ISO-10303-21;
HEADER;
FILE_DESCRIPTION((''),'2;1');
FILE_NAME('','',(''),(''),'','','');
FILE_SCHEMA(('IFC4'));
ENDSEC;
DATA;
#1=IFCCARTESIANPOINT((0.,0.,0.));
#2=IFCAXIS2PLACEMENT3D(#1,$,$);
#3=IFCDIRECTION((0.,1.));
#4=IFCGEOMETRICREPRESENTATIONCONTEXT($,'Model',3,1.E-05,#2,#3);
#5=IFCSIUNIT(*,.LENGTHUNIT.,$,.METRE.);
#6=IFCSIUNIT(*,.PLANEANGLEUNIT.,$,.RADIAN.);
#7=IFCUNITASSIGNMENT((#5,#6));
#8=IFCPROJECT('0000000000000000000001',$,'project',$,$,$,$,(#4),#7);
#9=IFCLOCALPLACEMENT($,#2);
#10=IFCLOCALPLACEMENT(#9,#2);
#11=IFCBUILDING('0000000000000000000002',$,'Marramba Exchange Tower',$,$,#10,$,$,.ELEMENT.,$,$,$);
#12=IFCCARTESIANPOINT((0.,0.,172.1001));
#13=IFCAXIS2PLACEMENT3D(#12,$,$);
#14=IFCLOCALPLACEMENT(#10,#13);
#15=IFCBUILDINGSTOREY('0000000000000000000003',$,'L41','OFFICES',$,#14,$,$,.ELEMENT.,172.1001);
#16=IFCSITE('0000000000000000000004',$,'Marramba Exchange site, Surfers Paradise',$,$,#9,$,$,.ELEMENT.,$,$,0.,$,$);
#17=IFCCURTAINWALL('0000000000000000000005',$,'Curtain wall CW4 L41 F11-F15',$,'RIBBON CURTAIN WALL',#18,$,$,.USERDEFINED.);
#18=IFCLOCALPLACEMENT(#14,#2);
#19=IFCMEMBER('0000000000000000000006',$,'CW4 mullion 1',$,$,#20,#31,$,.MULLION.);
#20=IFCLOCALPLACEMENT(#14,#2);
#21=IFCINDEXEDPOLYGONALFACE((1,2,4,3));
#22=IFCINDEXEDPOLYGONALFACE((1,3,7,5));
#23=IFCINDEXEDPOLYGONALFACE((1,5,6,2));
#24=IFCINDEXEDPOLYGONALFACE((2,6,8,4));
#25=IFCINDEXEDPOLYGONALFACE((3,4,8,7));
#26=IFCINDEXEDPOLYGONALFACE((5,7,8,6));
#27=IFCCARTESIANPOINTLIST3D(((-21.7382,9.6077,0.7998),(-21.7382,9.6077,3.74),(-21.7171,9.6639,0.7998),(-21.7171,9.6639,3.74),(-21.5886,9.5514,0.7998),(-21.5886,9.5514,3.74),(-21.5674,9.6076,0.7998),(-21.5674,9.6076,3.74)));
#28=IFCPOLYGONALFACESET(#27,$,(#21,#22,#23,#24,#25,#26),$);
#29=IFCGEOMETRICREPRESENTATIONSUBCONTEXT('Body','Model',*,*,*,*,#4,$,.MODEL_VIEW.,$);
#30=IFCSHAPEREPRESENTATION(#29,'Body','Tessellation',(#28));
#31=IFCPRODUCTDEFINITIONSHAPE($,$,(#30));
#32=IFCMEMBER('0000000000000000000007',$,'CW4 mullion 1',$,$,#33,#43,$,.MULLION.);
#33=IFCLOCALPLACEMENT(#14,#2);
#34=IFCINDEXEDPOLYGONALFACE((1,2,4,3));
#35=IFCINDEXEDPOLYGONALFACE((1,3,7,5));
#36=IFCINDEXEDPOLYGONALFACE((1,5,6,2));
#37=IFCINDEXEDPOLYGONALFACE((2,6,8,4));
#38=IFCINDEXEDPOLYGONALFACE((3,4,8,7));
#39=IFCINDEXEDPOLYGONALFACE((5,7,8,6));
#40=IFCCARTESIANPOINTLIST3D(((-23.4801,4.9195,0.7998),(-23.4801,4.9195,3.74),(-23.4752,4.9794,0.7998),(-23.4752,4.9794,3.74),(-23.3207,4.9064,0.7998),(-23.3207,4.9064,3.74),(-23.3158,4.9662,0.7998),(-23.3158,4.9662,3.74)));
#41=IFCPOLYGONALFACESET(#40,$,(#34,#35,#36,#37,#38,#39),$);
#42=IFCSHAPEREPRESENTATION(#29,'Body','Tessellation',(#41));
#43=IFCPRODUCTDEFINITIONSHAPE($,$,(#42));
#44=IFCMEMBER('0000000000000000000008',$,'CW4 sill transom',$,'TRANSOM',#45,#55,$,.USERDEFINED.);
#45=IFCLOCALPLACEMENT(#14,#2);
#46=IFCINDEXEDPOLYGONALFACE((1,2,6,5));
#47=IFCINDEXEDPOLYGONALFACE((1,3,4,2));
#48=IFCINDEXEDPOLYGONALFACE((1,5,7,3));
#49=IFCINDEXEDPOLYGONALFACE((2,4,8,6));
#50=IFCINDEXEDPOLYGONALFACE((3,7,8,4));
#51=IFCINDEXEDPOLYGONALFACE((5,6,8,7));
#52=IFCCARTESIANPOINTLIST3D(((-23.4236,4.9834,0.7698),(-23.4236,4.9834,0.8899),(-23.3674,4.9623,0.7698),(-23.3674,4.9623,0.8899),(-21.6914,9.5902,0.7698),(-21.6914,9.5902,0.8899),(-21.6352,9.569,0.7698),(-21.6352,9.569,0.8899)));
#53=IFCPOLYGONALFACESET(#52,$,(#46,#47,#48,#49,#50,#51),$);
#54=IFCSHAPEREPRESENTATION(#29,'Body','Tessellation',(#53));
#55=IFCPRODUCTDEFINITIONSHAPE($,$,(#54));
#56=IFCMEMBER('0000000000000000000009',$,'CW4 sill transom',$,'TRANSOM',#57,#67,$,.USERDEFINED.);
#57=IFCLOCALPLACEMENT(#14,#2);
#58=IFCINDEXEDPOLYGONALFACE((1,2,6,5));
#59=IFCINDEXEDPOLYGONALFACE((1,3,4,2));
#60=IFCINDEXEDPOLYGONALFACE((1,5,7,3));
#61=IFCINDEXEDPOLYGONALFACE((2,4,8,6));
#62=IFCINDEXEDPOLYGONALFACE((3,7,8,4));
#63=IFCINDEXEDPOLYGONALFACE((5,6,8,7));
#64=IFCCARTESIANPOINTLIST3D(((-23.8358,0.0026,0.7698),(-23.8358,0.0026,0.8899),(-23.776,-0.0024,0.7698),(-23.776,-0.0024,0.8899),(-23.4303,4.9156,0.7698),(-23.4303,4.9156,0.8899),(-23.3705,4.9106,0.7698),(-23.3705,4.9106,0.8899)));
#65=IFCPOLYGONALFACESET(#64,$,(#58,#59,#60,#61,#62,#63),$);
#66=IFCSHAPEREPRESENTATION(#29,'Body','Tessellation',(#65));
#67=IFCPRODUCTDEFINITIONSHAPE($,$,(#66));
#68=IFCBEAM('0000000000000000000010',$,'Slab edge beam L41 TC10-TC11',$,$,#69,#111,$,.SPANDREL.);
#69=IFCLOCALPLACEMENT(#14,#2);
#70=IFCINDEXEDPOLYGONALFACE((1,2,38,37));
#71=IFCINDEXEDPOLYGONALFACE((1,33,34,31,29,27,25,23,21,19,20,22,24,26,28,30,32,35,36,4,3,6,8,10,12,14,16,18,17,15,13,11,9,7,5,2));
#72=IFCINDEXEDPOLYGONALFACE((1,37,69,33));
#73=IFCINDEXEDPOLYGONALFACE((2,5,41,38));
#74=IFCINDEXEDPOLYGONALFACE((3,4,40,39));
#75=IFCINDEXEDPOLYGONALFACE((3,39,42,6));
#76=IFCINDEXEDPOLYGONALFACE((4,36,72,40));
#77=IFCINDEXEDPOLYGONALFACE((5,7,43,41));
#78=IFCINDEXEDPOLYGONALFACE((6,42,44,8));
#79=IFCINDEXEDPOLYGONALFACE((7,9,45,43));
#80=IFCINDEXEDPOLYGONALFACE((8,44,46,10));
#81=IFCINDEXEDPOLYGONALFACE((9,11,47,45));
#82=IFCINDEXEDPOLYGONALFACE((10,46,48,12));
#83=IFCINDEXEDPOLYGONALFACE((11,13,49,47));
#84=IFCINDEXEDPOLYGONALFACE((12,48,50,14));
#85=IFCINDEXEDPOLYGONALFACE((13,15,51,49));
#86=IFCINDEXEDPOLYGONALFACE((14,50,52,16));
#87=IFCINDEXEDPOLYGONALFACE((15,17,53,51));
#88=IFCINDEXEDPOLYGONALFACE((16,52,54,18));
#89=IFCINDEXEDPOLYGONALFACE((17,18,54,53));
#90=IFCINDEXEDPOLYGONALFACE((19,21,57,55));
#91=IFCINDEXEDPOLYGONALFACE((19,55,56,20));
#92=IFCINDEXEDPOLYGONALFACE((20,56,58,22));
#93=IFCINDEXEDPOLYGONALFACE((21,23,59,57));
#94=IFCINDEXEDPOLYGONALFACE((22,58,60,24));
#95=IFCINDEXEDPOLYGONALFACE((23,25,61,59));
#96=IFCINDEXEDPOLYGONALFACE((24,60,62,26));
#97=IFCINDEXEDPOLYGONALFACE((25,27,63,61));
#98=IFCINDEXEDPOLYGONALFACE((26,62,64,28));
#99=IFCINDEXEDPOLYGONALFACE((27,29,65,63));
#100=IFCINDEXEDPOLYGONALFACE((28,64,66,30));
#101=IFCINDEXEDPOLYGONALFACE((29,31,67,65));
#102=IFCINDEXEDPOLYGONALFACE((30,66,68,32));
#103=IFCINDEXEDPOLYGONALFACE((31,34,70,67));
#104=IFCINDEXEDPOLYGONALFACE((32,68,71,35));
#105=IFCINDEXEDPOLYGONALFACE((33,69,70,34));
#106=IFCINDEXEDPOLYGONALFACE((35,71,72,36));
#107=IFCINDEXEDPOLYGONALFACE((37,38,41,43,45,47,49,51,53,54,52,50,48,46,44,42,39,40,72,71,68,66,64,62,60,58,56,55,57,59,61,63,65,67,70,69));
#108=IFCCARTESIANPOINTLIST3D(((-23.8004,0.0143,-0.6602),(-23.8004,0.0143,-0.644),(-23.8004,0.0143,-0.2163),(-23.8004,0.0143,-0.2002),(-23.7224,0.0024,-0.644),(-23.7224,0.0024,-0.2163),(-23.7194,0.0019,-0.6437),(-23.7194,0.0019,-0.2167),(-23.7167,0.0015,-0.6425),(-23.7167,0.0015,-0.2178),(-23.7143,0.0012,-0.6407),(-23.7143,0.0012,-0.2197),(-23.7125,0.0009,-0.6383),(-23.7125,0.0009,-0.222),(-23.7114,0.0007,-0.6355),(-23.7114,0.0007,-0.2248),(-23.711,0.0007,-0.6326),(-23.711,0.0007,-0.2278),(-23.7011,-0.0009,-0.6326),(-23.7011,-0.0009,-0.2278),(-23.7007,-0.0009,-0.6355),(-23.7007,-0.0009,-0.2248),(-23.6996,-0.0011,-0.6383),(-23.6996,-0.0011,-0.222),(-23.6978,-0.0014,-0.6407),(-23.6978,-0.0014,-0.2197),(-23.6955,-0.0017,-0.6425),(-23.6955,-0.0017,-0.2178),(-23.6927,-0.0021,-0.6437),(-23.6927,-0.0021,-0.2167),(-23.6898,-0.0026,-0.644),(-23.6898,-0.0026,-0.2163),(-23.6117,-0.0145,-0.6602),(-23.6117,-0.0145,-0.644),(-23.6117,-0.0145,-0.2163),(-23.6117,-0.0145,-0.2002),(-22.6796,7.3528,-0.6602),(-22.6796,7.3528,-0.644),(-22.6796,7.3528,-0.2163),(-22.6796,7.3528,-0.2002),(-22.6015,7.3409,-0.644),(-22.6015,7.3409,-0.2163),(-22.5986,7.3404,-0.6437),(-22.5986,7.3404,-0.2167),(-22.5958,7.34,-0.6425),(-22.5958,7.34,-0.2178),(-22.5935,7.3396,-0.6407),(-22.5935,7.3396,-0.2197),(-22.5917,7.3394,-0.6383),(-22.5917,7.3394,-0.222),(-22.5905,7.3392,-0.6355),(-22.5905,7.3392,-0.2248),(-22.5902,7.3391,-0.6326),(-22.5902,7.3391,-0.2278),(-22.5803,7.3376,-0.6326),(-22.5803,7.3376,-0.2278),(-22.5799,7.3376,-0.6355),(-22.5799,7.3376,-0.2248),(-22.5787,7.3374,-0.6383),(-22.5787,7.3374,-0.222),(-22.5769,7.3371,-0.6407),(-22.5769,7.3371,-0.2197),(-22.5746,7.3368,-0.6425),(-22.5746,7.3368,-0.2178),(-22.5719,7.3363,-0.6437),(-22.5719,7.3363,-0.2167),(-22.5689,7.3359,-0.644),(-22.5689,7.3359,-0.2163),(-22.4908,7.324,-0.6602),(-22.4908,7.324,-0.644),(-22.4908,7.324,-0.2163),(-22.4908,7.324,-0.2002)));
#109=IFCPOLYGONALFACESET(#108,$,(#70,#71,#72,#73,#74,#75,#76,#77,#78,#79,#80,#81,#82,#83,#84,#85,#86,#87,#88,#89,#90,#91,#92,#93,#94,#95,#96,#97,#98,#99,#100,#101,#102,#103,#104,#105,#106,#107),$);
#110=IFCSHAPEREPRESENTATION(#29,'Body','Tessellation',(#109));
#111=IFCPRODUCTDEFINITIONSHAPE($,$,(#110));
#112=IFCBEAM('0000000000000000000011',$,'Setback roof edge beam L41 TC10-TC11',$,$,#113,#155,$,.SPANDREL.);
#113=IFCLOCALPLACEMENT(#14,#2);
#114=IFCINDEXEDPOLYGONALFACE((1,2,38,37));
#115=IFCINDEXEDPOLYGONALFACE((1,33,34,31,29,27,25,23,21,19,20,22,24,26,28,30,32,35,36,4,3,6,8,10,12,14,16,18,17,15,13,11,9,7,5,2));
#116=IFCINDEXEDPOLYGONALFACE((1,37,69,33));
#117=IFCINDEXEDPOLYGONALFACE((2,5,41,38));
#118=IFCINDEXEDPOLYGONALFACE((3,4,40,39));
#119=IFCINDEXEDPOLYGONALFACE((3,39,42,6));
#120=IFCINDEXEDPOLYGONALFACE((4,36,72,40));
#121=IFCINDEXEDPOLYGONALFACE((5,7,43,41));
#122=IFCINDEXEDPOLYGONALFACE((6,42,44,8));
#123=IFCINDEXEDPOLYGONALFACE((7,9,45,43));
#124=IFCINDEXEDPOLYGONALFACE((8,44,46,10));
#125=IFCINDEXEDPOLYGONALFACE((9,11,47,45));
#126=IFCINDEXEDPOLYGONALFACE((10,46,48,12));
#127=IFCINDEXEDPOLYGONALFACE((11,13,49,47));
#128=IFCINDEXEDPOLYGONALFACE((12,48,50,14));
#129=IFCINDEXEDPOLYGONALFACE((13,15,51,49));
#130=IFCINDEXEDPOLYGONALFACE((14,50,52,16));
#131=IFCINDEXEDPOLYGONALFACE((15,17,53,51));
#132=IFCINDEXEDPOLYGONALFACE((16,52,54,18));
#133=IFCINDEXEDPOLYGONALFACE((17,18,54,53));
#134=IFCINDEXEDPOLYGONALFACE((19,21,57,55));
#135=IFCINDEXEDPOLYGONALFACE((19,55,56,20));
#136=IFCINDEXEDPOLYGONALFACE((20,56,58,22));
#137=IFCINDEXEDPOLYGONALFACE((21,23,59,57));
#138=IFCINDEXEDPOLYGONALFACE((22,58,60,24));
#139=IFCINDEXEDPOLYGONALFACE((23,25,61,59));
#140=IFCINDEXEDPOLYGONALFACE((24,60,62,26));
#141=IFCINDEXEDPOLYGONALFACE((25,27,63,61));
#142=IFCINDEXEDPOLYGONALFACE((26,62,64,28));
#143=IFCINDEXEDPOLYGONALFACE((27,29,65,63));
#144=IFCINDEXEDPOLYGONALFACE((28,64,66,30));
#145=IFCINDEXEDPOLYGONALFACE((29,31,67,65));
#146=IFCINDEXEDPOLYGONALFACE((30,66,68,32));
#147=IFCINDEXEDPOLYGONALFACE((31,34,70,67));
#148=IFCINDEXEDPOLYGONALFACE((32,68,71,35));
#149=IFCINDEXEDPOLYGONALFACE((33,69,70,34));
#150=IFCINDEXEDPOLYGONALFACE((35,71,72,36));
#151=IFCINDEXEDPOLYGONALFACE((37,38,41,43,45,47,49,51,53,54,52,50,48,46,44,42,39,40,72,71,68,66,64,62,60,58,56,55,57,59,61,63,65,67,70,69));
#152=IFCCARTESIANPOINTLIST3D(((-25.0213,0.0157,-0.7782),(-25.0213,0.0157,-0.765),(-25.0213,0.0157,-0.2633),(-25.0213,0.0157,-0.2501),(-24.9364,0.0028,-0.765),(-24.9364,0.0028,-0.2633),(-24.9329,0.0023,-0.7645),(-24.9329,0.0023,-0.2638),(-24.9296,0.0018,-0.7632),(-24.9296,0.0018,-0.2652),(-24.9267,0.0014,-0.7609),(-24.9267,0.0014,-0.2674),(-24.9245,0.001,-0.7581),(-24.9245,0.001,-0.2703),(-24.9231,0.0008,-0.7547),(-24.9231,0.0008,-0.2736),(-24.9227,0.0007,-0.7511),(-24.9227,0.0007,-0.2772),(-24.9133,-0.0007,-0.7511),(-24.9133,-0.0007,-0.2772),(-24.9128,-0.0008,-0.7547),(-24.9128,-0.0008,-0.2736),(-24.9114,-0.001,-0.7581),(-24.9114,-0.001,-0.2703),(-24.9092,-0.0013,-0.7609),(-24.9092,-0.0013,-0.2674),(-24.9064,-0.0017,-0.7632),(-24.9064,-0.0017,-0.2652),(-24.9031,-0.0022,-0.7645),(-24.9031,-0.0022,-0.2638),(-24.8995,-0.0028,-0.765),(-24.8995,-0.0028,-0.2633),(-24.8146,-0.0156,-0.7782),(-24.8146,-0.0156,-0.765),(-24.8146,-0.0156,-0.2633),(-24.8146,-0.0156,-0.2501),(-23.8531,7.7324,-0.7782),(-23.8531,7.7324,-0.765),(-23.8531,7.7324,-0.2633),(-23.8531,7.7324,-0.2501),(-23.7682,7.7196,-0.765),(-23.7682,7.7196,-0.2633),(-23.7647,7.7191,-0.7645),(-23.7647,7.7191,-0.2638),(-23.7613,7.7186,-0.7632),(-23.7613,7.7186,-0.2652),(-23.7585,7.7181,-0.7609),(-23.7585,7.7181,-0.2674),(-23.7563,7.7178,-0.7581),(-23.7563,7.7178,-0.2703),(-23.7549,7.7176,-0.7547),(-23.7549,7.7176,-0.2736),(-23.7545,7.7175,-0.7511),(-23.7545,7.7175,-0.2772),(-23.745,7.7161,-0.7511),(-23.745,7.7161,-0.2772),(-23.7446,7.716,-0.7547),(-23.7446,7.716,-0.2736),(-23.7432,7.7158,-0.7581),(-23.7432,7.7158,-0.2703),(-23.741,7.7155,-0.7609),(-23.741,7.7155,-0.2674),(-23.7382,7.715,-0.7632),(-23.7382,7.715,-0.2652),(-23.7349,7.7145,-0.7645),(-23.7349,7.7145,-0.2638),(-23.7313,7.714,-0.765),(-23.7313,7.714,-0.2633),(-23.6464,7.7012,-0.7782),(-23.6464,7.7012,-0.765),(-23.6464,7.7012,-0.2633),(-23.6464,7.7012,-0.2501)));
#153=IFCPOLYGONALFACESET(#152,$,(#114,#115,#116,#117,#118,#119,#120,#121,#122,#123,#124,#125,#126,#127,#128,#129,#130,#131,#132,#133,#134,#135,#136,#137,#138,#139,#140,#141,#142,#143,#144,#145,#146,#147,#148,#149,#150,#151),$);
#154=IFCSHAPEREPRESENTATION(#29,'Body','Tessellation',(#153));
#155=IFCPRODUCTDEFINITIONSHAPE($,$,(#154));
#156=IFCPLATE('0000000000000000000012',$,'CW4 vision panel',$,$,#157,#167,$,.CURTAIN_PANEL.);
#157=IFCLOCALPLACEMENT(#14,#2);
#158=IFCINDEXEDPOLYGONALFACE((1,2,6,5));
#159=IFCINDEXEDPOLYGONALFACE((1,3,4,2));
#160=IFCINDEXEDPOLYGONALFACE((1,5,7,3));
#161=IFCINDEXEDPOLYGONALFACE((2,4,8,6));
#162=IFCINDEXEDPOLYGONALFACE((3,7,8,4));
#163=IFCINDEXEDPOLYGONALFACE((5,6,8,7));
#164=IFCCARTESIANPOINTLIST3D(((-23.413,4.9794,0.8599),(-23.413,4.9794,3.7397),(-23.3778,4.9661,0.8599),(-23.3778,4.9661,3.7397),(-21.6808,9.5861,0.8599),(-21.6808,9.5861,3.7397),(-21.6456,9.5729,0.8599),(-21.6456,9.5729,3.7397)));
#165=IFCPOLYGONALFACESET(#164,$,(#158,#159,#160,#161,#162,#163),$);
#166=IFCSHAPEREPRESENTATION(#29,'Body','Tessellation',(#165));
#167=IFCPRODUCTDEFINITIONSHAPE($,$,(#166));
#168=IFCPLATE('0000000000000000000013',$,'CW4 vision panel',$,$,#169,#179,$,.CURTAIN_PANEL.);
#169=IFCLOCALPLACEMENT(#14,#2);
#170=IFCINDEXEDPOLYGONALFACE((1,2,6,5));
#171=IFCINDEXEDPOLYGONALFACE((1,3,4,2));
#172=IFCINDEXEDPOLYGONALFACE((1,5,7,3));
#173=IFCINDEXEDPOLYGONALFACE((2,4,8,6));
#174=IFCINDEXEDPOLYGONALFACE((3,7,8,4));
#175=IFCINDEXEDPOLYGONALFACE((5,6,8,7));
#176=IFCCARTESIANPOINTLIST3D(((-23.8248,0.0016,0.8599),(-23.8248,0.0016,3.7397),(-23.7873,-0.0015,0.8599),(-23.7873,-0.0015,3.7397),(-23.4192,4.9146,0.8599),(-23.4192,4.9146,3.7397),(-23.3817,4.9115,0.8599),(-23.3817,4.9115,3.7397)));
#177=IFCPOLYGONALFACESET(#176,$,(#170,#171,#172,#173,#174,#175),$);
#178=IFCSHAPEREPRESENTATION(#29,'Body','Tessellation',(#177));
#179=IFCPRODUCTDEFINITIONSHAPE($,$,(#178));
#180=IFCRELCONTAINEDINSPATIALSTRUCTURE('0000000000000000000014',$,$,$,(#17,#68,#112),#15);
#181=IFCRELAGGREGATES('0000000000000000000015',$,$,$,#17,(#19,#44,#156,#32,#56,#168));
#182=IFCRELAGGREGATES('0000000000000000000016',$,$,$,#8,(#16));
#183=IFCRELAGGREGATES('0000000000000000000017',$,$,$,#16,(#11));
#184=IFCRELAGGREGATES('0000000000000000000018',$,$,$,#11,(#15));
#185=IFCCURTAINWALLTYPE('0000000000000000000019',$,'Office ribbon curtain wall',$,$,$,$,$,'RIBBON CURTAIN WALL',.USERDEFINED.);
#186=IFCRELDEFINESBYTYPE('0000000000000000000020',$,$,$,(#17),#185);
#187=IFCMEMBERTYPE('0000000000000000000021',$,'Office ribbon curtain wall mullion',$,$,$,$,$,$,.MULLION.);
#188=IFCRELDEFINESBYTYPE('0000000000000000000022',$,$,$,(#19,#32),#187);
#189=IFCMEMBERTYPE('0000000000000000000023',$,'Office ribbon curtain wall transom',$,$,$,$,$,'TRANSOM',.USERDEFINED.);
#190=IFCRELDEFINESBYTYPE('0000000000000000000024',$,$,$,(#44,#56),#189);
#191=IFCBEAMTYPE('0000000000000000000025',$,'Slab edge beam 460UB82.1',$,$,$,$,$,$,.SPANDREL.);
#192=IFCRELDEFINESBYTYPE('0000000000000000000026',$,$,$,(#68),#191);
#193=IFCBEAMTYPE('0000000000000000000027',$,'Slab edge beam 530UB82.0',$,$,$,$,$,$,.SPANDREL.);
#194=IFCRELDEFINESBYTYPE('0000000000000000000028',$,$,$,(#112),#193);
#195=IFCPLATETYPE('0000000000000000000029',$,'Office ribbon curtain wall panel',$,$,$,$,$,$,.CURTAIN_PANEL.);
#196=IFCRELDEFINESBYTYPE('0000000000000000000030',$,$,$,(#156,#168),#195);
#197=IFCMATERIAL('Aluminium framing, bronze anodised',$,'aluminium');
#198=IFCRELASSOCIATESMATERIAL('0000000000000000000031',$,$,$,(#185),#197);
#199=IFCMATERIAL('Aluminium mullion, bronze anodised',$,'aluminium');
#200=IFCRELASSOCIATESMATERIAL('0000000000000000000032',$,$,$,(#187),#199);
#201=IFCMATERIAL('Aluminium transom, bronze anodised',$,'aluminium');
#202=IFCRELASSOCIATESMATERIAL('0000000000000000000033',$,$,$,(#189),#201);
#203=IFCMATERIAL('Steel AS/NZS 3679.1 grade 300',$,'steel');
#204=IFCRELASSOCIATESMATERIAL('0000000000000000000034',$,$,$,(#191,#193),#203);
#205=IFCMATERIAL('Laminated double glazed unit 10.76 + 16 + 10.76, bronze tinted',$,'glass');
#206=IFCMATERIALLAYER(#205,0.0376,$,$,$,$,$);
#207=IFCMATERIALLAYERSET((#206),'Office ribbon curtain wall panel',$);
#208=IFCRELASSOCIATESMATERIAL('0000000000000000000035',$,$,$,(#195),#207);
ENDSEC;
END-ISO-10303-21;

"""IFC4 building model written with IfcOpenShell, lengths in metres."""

from ifc_helpers import new_model, si_unit, direction, frame, origin, origin_2d, place, context, subcontext, project, spatial, rectangle, i_section, extrude, material, layer, layer_set, material_profile, profile_set, type_object, element, aggregate, save


model = new_model("IFC4")

# Units and contexts
model_context = context("Model", 3, precision=1e-05, world=origin(), true_north=direction((0.0, 1.0)))
body_context = subcontext(model_context, "Body", "Model", "MODEL_VIEW")
ifc_project = project(units=[si_unit("LENGTHUNIT", "METRE"), si_unit("PLANEANGLEUNIT", "RADIAN")], contexts=[model_context])

# Site, building, storey
site_placement = place(None, origin())
site = spatial("IfcSite", under=ifc_project, at=site_placement, Name="Marramba Exchange site, Surfers Paradise", CompositionType="ELEMENT", RefElevation=0.0)
building_placement = place(site_placement, origin())
building = spatial("IfcBuilding", under=site, at=building_placement, Name="Marramba Exchange Tower", CompositionType="ELEMENT")
storey_placement = place(building_placement, frame((0.0, 0.0, 172.1001)))
storey = spatial("IfcBuildingStorey", under=building, at=storey_placement, Name="L41", Description="OFFICES", CompositionType="ELEMENT", Elevation=172.1001)

# Curtain wall, members
ifc_material_1 = material(Name="Aluminium framing, bronze anodised", Category="aluminium")
curtain_wall_type = type_object("IfcCurtainWallType", Name="Office ribbon curtain wall", ElementType="RIBBON CURTAIN WALL", PredefinedType="USERDEFINED", material=ifc_material_1)
curtain_wall_placement = place(storey_placement, origin())
curtain_wall = element("IfcCurtainWall", 1, at=curtain_wall_placement, inside=storey, type_object=curtain_wall_type, Name="Curtain wall CW4 L41 F11-F15", ObjectType="RIBBON CURTAIN WALL", PredefinedType="USERDEFINED")
ifc_material_2 = material(Name="Aluminium mullion, bronze anodised", Category="aluminium")
ifc_material_profile_1 = material_profile(ifc_material_2, rectangle(XDim=0.1599, YDim=0.0601, at=origin_2d()), Name="CW4 mullion 60x160")
ifc_profile_set_1 = profile_set([ifc_material_profile_1], Name="Aluminium mullion, bronze anodised")
member_type_1 = type_object("IfcMemberType", Name="Office ribbon curtain wall mullion", PredefinedType="MULLION", material=ifc_profile_set_1)
member_1_placement = place(storey_placement, frame((-21.6528, 9.6077, 0.7998), z_axis=(0.0, 0.0, 1.0), x_axis=(0.936018, -0.351952, 0.0)))
member_1 = element("IfcMember", 2, at=member_1_placement, type_object=member_type_1, Name="CW4 mullion 1", PredefinedType="MULLION", context=body_context, shape_type="SweptSolid", body=[
    extrude(rectangle(XDim=0.1599, YDim=0.0601, at=origin_2d()), origin(), (0.0, 0.0, 1.0), 2.9402),
])
member_2_placement = place(storey_placement, frame((-23.3979, 4.9429, 0.7998), z_axis=(0.0, 0.0, 1.0), x_axis=(0.996609, -0.082281, 0.0)))
member_2 = element("IfcMember", 3, at=member_2_placement, type_object=member_type_1, Name="CW4 mullion 1", PredefinedType="MULLION", context=body_context, shape_type="SweptSolid", body=[
    extrude(rectangle(XDim=0.1599, YDim=0.0601, at=origin_2d()), origin(), (0.0, 0.0, 1.0), 2.9402),
])
ifc_material_3 = material(Name="Aluminium transom, bronze anodised", Category="aluminium")
ifc_material_profile_2 = material_profile(ifc_material_3, rectangle(XDim=0.0601, YDim=0.1201, at=origin_2d()), Name="CW4 transom 60x120")
ifc_profile_set_2 = profile_set([ifc_material_profile_2], Name="Aluminium transom, bronze anodised")
member_type_2 = type_object("IfcMemberType", Name="Office ribbon curtain wall transom", ElementType="TRANSOM", PredefinedType="USERDEFINED", material=ifc_profile_set_2)
member_3_placement = place(storey_placement, frame((-21.6633, 9.5796, 0.8298), z_axis=(-0.351955, -0.936017, 0.0), x_axis=(0.936017, -0.351955, 0.0)))
member_3 = element("IfcMember", 4, at=member_3_placement, type_object=member_type_2, Name="CW4 sill transom", ObjectType="TRANSOM", PredefinedType="USERDEFINED", context=body_context, shape_type="SweptSolid", body=[
    extrude(rectangle(XDim=0.0601, YDim=0.1201, at=origin_2d()), origin(), (0.0, 0.0, 1.0), 4.9216),
])
member_4_placement = place(storey_placement, frame((-23.4004, 4.9131, 0.8298), z_axis=(-0.082259, -0.996611, 0.0), x_axis=(0.996611, -0.082259, 0.0)))
member_4 = element("IfcMember", 5, at=member_4_placement, type_object=member_type_2, Name="CW4 sill transom", ObjectType="TRANSOM", PredefinedType="USERDEFINED", context=body_context, shape_type="SweptSolid", body=[
    extrude(rectangle(XDim=0.0601, YDim=0.1201, at=origin_2d()), origin(), (0.0, 0.0, 1.0), 4.9297),
])

# Beams
ifc_material_4 = material(Name="Steel AS/NZS 3679.1 grade 300", Category="steel")
ifc_material_profile_3 = material_profile(ifc_material_4, i_section(OverallWidth=0.1909, OverallDepth=0.46, WebThickness=0.01, FlangeThickness=0.0161, FilletRadius=0.0115, at=origin_2d()), Name="460UB82.1")
ifc_profile_set_3 = profile_set([ifc_material_profile_3], Name="Steel AS/NZS 3679.1 grade 300")
beam_type_1 = type_object("IfcBeamType", Name="Slab edge beam 460UB82.1", PredefinedType="SPANDREL", material=ifc_profile_set_3)
beam_1_placement = place(storey_placement, frame((-22.5852, 7.3384, -0.4302), z_axis=(-0.150987, -0.988536, 0.0), x_axis=(0.988536, -0.150987, 0.0)))
element("IfcBeam", 6, at=beam_1_placement, inside=storey, type_object=beam_type_1, Name="Slab edge beam L41 TC10-TC11", PredefinedType="SPANDREL", context=body_context, shape_type="SweptSolid", body=[
    extrude(i_section(OverallWidth=0.1909, OverallDepth=0.46, WebThickness=0.01, FlangeThickness=0.0161, FilletRadius=0.0115, at=origin_2d()), origin(), (0.0, 0.0, 1.0), 7.4236),
])
ifc_material_profile_4 = material_profile(ifc_material_4, i_section(OverallWidth=0.209, OverallDepth=0.5281, WebThickness=0.0095, FlangeThickness=0.0132, FilletRadius=0.0139, at=origin_2d()), Name="530UB82.0")
ifc_profile_set_4 = profile_set([ifc_material_profile_4], Name="Steel AS/NZS 3679.1 grade 300")
beam_type_2 = type_object("IfcBeamType", Name="Slab edge beam 530UB82.0", PredefinedType="SPANDREL", material=ifc_profile_set_4)
beam_2_placement = place(storey_placement, frame((-23.7498, 7.7168, -0.5142), z_axis=(-0.14968, -0.988734, 0.0), x_axis=(0.988734, -0.14968, 0.0)))
element("IfcBeam", 7, at=beam_2_placement, inside=storey, type_object=beam_type_2, Name="Setback roof edge beam L41 TC10-TC11", PredefinedType="SPANDREL", context=body_context, shape_type="SweptSolid", body=[
    extrude(i_section(OverallWidth=0.209, OverallDepth=0.5281, WebThickness=0.0095, FlangeThickness=0.0132, FilletRadius=0.0139, at=origin_2d()), origin(), (0.0, 0.0, 1.0), 7.8047),
])

# Plates
ifc_material_5 = material(Name="Laminated double glazed unit 10.76 + 16 + 10.76, bronze tinted", Category="glass")
ifc_layer_1 = layer(ifc_material_5, 0.0376)
ifc_layer_set_1 = layer_set([ifc_layer_1], Name="Office ribbon curtain wall panel")
plate_type = type_object("IfcPlateType", Name="Office ribbon curtain wall panel", PredefinedType="CURTAIN_PANEL", material=ifc_layer_set_1)
plate_1_placement = place(storey_placement, frame((-22.5293, 7.2761, 0.8599), z_axis=(0.0, 0.0, 1.0), x_axis=(-0.351952, -0.936018, 0.0)))
plate_1 = element("IfcPlate", 8, at=plate_1_placement, type_object=plate_type, Name="CW4 vision panel", PredefinedType="CURTAIN_PANEL", context=body_context, shape_type="SweptSolid", body=[
    extrude(rectangle(XDim=4.9216, YDim=0.0376, at=origin_2d()), origin(), (0.0, 0.0, 1.0), 2.8799),
])
plate_2_placement = place(storey_placement, frame((-23.6033, 2.4565, 0.8599), z_axis=(0.0, 0.0, 1.0), x_axis=(-0.082281, -0.996609, 0.0)))
plate_2 = element("IfcPlate", 9, at=plate_2_placement, type_object=plate_type, Name="CW4 vision panel", PredefinedType="CURTAIN_PANEL", context=body_context, shape_type="SweptSolid", body=[
    extrude(rectangle(XDim=4.9297, YDim=0.0376, at=origin_2d()), origin(), (0.0, 0.0, 1.0), 2.8799),
])
aggregate(curtain_wall, [member_1, member_3, plate_1, member_2, member_4, plate_2])

save(model, "model.ifc")
